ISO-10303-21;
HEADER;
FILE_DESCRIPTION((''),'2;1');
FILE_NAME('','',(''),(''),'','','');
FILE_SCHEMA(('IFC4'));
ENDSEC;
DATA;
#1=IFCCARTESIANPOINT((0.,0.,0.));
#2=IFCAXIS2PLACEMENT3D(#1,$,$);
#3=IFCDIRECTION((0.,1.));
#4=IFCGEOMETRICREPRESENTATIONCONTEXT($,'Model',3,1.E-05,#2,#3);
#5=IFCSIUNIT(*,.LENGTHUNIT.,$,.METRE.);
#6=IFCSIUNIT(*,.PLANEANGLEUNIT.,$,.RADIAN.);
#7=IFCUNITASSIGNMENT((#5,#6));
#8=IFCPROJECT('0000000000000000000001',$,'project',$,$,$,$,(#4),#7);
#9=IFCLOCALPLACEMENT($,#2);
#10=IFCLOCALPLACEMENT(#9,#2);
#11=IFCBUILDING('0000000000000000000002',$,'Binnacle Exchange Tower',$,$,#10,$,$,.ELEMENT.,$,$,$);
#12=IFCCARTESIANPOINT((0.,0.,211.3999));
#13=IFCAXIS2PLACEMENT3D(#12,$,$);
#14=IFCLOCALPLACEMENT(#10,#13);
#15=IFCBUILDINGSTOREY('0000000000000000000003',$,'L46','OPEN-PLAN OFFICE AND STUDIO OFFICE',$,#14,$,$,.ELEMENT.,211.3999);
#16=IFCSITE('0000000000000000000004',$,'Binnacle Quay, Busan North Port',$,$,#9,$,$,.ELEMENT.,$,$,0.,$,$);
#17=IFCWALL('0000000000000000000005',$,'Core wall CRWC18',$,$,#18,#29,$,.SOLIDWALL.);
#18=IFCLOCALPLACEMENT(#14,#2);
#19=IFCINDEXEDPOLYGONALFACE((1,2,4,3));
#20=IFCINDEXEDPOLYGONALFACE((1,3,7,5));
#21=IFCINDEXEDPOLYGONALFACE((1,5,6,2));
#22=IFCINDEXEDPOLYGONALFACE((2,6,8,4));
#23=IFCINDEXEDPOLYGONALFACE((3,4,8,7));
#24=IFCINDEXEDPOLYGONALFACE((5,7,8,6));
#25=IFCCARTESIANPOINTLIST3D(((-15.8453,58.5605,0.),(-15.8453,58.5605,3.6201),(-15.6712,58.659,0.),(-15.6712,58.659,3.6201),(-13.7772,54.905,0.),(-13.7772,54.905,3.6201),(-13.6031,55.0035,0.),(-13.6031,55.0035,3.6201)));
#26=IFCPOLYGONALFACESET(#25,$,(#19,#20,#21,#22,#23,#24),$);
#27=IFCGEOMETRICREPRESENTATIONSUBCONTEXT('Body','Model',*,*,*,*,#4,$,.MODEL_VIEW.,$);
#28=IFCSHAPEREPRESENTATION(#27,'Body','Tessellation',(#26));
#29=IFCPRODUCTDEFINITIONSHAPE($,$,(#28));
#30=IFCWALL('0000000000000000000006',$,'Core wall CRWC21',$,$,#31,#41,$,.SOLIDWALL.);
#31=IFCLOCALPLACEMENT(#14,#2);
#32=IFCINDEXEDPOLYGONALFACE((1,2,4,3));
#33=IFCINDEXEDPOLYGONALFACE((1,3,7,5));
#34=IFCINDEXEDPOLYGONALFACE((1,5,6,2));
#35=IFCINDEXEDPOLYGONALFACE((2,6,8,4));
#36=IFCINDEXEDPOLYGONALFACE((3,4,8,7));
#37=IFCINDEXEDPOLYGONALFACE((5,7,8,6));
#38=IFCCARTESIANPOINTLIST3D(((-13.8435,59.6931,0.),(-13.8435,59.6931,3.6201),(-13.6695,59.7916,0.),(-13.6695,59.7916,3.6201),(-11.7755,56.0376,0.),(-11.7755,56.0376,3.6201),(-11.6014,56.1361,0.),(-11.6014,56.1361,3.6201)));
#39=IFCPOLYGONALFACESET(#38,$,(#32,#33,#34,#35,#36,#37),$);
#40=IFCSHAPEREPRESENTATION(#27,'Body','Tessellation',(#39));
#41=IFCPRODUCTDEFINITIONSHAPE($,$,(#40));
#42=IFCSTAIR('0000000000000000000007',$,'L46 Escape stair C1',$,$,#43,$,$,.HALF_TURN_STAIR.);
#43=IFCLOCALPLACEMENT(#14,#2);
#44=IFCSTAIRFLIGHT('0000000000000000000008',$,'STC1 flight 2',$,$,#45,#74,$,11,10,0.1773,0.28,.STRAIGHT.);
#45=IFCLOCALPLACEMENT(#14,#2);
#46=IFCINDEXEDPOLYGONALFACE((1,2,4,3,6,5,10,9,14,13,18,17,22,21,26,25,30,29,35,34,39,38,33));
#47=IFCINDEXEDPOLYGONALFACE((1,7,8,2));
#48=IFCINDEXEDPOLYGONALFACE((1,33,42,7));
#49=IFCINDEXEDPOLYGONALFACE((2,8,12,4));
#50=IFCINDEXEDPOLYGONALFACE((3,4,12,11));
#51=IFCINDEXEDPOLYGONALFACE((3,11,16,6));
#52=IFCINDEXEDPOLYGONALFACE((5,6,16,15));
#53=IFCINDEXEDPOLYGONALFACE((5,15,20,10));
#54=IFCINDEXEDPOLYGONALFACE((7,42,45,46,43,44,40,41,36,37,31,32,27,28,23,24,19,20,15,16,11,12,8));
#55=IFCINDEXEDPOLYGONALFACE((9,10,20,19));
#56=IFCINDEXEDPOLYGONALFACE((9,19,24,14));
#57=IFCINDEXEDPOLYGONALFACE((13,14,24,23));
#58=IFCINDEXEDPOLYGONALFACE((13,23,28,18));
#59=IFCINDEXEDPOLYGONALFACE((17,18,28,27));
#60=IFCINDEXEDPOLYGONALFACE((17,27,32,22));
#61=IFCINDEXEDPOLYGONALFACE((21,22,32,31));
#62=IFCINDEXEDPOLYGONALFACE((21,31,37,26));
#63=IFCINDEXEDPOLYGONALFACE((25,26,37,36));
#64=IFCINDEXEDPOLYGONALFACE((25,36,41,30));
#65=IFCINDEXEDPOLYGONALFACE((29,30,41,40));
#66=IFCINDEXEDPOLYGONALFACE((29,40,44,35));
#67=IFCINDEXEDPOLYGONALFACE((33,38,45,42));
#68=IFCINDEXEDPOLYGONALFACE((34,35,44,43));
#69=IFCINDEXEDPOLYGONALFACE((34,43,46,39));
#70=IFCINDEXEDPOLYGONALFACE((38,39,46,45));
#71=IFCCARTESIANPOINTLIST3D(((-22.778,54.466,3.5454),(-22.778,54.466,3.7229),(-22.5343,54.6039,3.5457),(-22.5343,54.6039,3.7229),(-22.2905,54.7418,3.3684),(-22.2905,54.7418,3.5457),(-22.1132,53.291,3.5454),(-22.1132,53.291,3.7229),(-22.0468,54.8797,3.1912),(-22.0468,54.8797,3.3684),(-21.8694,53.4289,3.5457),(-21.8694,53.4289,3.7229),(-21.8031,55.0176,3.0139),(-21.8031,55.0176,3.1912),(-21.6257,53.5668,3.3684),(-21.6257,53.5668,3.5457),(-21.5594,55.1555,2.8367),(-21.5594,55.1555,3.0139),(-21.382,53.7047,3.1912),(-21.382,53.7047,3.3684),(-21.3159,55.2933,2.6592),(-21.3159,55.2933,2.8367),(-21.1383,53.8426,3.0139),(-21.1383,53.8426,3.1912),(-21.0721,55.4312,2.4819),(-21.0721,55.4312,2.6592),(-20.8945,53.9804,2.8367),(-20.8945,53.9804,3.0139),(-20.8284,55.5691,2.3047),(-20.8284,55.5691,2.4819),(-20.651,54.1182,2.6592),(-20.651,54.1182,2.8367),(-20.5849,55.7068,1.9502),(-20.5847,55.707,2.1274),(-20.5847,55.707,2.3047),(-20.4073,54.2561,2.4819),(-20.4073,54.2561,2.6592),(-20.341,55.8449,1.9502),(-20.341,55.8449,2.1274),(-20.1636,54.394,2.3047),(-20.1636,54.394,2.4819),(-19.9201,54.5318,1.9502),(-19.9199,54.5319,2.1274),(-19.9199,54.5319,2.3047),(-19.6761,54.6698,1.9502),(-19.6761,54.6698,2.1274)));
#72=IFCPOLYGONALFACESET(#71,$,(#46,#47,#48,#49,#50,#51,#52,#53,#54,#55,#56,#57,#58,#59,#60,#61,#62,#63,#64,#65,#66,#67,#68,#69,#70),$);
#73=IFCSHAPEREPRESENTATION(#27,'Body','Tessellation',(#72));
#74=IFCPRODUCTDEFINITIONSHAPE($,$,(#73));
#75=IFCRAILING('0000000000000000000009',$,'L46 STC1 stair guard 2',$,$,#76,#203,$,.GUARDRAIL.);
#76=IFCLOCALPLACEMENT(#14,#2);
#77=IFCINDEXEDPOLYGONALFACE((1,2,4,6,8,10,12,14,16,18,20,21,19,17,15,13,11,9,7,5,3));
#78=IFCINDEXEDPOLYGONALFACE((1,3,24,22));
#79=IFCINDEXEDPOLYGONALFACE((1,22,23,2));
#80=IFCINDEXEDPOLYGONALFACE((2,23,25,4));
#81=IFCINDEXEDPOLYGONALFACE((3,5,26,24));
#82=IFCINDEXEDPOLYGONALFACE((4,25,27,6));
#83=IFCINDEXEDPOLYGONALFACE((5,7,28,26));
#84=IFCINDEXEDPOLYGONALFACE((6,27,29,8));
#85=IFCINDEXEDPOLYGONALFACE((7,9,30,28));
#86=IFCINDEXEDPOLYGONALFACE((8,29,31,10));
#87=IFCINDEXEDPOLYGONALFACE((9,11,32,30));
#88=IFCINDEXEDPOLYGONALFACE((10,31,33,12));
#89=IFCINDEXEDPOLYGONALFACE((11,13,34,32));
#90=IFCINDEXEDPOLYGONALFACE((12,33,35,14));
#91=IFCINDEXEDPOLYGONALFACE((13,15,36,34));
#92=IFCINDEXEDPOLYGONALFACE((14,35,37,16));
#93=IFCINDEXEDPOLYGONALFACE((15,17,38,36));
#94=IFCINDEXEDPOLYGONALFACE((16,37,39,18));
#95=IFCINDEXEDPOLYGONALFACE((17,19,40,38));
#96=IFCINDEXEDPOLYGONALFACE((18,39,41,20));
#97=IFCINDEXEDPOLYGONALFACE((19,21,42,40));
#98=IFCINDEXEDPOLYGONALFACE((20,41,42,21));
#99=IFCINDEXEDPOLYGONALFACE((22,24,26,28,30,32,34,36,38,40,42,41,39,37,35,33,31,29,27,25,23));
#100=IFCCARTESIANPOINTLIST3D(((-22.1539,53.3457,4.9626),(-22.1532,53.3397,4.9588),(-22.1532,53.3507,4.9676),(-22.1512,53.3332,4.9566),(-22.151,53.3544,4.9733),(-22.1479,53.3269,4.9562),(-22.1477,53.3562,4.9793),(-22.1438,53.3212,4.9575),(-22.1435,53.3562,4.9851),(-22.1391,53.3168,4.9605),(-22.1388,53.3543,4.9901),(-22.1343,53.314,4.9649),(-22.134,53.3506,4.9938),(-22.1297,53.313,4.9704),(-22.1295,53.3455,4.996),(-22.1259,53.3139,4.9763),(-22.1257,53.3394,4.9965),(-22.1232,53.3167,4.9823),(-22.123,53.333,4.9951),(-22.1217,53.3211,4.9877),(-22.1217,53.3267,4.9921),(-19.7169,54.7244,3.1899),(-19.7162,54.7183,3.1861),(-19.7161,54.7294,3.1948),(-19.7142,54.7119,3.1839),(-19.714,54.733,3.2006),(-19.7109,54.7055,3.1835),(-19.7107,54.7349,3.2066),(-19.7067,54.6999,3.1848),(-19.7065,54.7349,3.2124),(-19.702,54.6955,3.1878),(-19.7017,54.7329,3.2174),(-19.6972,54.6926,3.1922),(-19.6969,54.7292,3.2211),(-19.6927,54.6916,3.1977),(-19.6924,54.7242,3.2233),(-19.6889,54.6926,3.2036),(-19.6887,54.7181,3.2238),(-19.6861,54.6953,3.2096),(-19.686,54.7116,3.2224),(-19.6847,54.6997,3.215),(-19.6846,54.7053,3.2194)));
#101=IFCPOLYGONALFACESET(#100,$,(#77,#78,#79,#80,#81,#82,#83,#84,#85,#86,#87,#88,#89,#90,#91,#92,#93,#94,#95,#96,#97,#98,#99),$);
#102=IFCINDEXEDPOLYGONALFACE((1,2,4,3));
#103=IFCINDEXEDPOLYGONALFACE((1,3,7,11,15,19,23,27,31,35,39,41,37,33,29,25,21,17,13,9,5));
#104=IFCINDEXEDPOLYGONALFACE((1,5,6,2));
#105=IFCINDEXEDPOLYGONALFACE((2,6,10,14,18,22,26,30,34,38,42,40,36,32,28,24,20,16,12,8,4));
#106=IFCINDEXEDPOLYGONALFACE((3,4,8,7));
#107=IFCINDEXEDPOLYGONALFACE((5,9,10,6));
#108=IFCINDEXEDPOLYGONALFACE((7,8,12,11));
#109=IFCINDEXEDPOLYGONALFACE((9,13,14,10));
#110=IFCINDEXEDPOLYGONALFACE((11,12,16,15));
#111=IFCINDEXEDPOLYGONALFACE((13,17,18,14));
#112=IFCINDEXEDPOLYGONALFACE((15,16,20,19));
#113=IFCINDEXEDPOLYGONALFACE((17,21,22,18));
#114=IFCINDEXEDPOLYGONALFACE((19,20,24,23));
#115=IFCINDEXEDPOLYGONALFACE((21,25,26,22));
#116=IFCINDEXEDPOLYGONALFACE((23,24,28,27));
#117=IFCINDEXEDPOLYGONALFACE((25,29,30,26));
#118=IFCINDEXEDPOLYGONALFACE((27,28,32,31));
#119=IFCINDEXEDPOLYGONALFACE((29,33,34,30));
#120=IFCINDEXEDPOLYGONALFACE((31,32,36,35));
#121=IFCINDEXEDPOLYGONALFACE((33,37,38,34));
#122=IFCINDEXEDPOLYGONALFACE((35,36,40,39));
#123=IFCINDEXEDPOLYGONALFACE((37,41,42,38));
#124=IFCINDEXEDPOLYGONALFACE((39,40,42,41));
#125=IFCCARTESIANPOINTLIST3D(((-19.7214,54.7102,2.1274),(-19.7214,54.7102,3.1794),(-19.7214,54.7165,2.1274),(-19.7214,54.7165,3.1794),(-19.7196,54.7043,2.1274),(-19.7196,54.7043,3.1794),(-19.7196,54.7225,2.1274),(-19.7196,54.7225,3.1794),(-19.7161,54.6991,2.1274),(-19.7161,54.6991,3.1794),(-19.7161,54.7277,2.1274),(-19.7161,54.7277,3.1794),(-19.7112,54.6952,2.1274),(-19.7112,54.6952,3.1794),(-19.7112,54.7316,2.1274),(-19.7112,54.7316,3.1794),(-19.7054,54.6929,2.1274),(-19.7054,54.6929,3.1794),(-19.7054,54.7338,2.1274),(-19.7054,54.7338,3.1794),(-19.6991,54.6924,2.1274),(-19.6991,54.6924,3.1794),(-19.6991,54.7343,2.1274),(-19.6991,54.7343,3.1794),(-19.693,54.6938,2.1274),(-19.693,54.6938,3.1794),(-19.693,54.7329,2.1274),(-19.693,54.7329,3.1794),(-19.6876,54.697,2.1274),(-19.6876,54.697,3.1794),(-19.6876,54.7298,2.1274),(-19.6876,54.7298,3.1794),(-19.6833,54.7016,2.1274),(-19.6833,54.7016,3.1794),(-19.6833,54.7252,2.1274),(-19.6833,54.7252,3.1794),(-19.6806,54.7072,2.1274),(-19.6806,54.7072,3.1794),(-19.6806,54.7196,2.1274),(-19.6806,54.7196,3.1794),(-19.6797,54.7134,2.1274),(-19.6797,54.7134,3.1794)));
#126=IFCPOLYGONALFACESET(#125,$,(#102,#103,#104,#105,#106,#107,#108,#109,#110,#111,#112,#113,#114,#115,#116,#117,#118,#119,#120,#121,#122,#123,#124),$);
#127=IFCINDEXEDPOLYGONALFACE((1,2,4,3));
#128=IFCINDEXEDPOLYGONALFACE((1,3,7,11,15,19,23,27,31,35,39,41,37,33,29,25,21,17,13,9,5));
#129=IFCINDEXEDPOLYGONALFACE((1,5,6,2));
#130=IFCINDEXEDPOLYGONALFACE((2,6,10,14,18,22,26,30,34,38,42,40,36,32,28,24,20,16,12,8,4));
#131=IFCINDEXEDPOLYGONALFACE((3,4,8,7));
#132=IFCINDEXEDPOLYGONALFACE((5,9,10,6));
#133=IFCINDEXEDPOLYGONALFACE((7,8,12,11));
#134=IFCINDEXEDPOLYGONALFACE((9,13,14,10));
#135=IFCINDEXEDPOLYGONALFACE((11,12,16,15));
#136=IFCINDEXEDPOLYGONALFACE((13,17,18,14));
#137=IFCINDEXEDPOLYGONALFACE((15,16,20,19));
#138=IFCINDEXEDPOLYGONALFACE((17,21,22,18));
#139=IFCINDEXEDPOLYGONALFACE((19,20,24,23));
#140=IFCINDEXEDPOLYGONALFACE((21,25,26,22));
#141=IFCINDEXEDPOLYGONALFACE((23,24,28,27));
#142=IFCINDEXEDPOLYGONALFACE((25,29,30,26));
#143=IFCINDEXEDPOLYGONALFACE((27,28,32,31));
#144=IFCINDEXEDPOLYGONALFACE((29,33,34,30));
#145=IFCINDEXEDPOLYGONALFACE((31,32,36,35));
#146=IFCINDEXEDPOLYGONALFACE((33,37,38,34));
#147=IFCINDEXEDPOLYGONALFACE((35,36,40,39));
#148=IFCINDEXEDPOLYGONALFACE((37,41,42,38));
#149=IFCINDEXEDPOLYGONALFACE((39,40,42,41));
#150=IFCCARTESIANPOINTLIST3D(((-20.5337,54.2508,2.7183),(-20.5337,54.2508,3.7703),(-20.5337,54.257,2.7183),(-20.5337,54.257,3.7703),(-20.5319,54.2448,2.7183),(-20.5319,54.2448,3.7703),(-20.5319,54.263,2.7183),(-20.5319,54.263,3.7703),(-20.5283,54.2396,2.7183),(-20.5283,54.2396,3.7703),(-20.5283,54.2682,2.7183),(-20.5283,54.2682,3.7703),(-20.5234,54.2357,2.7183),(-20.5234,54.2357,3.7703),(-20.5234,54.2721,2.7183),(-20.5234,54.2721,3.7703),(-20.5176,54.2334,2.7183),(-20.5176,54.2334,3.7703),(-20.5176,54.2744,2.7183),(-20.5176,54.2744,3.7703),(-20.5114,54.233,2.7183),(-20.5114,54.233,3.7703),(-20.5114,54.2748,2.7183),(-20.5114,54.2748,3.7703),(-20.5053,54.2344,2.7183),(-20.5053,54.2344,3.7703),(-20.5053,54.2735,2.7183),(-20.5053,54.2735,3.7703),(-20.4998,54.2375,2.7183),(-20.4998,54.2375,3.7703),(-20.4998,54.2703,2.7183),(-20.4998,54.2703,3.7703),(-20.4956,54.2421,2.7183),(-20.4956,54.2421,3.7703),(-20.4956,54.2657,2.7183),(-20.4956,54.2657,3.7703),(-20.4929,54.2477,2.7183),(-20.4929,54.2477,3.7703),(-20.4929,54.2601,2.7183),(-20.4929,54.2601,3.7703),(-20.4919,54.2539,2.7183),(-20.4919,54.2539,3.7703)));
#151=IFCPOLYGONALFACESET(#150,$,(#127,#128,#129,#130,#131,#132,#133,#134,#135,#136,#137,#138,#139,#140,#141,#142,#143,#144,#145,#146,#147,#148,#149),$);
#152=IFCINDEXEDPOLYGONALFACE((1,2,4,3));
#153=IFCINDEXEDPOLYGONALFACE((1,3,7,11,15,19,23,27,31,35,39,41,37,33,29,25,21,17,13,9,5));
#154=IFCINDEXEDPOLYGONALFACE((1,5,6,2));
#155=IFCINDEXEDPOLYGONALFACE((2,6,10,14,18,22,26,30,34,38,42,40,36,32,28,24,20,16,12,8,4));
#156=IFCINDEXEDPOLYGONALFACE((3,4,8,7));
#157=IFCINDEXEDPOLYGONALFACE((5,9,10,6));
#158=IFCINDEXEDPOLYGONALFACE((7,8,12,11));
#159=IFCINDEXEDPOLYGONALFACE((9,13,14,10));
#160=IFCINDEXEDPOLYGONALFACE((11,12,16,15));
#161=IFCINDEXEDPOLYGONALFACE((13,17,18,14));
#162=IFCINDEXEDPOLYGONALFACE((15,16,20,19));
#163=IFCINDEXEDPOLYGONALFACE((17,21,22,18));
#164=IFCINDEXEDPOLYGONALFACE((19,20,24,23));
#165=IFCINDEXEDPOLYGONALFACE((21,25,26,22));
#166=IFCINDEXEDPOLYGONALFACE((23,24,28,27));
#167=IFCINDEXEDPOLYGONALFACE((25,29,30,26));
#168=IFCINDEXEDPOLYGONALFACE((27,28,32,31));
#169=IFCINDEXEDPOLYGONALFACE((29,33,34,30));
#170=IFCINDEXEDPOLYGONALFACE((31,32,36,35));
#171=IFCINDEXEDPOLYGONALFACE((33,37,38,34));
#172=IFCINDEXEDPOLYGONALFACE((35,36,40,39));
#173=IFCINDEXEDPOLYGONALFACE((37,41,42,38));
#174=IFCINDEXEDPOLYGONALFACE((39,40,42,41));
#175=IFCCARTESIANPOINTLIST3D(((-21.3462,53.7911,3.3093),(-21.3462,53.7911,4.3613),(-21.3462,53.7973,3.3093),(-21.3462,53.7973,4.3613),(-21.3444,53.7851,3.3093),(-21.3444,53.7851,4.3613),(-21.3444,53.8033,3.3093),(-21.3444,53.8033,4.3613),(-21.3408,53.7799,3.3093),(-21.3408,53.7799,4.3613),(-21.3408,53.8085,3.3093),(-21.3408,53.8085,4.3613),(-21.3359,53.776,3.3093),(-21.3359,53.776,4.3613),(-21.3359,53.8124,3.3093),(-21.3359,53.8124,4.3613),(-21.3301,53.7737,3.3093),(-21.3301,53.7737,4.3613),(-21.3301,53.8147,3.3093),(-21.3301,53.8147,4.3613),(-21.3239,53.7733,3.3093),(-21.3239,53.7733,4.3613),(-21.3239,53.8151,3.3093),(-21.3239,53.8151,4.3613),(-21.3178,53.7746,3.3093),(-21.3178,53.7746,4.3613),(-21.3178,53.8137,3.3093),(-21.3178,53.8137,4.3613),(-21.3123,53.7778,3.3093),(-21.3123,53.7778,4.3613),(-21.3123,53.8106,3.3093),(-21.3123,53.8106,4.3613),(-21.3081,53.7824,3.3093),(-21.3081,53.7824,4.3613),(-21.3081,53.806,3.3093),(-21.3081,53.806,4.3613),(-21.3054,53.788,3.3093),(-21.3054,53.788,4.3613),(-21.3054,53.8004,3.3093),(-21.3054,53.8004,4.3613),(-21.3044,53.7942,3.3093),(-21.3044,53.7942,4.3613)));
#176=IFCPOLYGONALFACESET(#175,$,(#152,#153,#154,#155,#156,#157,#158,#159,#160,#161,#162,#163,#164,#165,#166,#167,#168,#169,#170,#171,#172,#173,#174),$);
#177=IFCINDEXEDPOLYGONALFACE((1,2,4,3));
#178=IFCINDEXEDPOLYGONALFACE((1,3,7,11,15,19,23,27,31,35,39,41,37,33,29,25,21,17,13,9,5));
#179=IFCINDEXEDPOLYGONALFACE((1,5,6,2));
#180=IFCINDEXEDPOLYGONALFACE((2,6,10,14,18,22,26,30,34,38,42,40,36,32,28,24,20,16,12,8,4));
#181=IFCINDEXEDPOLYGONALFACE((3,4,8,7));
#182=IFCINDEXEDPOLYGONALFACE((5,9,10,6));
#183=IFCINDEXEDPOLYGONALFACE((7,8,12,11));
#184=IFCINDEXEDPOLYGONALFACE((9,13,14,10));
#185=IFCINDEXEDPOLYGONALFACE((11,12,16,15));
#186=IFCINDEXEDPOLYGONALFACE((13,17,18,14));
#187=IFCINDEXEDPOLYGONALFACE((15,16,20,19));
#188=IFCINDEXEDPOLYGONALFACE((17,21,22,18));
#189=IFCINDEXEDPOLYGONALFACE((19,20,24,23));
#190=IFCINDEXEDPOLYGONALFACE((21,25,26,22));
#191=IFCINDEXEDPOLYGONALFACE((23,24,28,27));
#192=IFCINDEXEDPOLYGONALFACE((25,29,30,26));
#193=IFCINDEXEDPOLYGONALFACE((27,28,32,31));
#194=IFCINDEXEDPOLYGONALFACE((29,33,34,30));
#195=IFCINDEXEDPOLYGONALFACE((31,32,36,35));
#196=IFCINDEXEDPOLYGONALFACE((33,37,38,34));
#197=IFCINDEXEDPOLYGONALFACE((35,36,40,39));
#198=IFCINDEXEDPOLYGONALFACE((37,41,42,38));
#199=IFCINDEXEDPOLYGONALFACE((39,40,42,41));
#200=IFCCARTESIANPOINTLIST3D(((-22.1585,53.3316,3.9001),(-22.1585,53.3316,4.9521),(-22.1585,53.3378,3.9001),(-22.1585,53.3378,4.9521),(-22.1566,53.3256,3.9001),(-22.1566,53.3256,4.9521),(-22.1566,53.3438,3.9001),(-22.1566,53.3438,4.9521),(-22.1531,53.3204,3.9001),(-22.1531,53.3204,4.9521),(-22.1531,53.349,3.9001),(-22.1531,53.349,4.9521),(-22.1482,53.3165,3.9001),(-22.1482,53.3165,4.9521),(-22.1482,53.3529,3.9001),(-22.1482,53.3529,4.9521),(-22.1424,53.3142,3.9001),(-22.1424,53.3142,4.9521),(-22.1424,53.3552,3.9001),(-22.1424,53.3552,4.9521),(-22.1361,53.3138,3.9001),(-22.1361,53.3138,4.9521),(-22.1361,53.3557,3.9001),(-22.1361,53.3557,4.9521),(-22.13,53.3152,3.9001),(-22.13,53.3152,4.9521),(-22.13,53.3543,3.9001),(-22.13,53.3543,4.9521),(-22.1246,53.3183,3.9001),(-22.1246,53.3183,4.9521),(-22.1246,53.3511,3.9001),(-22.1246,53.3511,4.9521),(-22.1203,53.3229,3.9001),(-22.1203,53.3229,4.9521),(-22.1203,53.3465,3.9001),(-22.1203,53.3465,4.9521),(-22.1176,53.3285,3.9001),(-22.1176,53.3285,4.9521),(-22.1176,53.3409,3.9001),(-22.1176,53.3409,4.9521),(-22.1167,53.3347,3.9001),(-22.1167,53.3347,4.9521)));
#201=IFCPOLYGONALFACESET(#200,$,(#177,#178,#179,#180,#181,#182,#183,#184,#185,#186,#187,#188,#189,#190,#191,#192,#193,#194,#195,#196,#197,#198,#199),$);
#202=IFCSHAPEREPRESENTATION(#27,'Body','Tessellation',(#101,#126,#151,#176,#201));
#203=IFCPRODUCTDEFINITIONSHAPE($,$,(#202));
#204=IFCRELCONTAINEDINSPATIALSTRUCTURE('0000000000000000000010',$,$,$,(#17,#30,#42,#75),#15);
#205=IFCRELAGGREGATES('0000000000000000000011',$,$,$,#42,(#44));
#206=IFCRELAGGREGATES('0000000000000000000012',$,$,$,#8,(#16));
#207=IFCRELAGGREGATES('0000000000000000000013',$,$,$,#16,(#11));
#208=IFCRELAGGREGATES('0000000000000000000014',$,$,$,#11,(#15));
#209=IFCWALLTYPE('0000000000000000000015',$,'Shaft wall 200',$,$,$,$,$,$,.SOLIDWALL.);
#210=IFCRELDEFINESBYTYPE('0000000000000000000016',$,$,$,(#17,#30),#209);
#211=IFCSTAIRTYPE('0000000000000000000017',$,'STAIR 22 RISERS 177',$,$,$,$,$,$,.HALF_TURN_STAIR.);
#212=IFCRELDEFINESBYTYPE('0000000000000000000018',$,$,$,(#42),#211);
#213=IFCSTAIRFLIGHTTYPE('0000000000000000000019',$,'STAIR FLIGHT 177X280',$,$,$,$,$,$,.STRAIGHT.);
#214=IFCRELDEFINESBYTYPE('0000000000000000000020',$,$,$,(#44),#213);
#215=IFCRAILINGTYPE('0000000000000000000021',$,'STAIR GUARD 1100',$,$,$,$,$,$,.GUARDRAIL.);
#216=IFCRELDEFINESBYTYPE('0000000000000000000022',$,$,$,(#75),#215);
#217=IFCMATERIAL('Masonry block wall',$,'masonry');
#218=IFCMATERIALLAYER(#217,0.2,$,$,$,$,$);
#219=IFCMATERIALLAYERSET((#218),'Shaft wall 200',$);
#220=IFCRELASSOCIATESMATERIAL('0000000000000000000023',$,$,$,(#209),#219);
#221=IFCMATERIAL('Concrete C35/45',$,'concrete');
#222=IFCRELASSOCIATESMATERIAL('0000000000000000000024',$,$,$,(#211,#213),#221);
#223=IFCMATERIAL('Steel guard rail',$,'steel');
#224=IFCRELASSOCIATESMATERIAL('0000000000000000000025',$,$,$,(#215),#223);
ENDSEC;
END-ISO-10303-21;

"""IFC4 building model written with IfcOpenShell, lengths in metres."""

from ifc_helpers import new_model, si_unit, direction, frame, frame_2d, origin, origin_2d, place, context, subcontext, project, spatial, polyline, rectangle, circle, outline, extrude, material, layer, layer_set, type_object, element, aggregate, save


model = new_model("IFC4")

# Units and contexts
model_context = context("Model", 3, precision=1e-05, world=origin(), true_north=direction((0.0, 1.0)))
body_context = subcontext(model_context, "Body", "Model", "MODEL_VIEW")
ifc_project = project(units=[si_unit("LENGTHUNIT", "METRE"), si_unit("PLANEANGLEUNIT", "RADIAN")], contexts=[model_context])

# Site, building, storey
site_placement = place(None, origin())
site = spatial("IfcSite", under=ifc_project, at=site_placement, Name="Binnacle Quay, Busan North Port", CompositionType="ELEMENT", RefElevation=0.0)
building_placement = place(site_placement, origin())
building = spatial("IfcBuilding", under=site, at=building_placement, Name="Binnacle Exchange Tower", CompositionType="ELEMENT")
storey_placement = place(building_placement, frame((0.0, 0.0, 211.3999)))
storey = spatial("IfcBuildingStorey", under=building, at=storey_placement, Name="L46", Description="OPEN-PLAN OFFICE AND STUDIO OFFICE", CompositionType="ELEMENT", Elevation=211.3999)

# Shared definitions
ifc_material_1 = material(Name="Masonry block wall", Category="masonry")

# Walls
ifc_layer_1 = layer(ifc_material_1, 0.2)
ifc_layer_set_1 = layer_set([ifc_layer_1], Name="Shaft wall 200")
wall_type_1 = type_object("IfcWallType", Name="Shaft wall 200", PredefinedType="SOLIDWALL", material=ifc_layer_set_1)
for number, where, z_axis, x_axis, name in (
    (1, (-15.7583, 58.6099, 0.0), (0.0, 0.0, 1.0), (0.49241, -0.870364, 0.0), "Core wall CRWC18"),
    (2, (-13.7566, 59.7424, 0.0), (0.0, 0.0, 1.0), (0.49241, -0.870364, 0.0), "Core wall CRWC21"),
):
    element("IfcWall", number, at=place(storey_placement, frame(where, z_axis=z_axis, x_axis=x_axis)), inside=storey, type_object=wall_type_1, Name=name, PredefinedType="SOLIDWALL", context=body_context, shape_type="SweptSolid", body=[
        extrude(rectangle(XDim=4.2, YDim=0.2, at=frame_2d((2.1001, 0.0))), origin(), (0.0, 0.0, 1.0), 3.6201),
    ])

# Stair, stair flight
ifc_material_2 = material(Name="Concrete C35/45", Category="concrete")
stair_type = type_object("IfcStairType", Name="STAIR 22 RISERS 177", PredefinedType="HALF_TURN_STAIR", material=ifc_material_2)
stair_placement = place(storey_placement, origin())
stair = element("IfcStair", 3, at=stair_placement, inside=storey, type_object=stair_type, Name="L46 Escape stair C1", PredefinedType="HALF_TURN_STAIR")
stair_flight_type = type_object("IfcStairFlightType", Name="STAIR FLIGHT 177X280", PredefinedType="STRAIGHT", material=ifc_material_2)
stair_flight_placement = place(storey_placement, frame((-20.0085, 55.2573, 1.9502), z_axis=(0.0, 0.0, 1.0), x_axis=(-0.870356, -0.492424, 0.0)))
stair_flight = element("IfcStairFlight", 4, at=stair_flight_placement, type_object=stair_flight_type, Name="STC1 flight 2", NumberOfRisers=11, NumberOfTreads=10, PredefinedType="STRAIGHT", RiserHeight=0.1773, TreadLength=0.28, context=body_context, shape_type="SweptSolid", body=[
    extrude(outline(polyline([(0.0, 0.0), (0.0, 0.1772), (0.28, 0.1772), (0.28, 0.3545), (0.5601, 0.3545), (0.5601, 0.5317), (0.8401, 0.5317), (0.8401, 0.709), (1.1201, 0.709), (1.1201, 0.8865), (1.3999, 0.8865), (1.3999, 1.0637), (1.6799, 1.0637), (1.6799, 1.241), (1.96, 1.241), (1.96, 1.4182), (2.24, 1.4182), (2.24, 1.5955), (2.52, 1.5955), (2.52, 1.7727), (2.8, 1.7727), (2.8, 1.95), (2.8, 1.5952), (0.2803, 0.0), (0.0, 0.0)])), frame((0.0, 0.675, 0.0), z_axis=(0.0, -1.0, 0.0), x_axis=(1.0, 0.0, 0.0)), (0.0, 0.0, 1.0), 1.3501),
])
aggregate(stair, [stair_flight])

# Railing
ifc_material_3 = material(Name="Steel guard rail", Category="steel")
railing_type = type_object("IfcRailingType", Name="STAIR GUARD 1100", PredefinedType="GUARDRAIL", material=ifc_material_3)
railing_placement = place(storey_placement, frame((-19.7007, 54.7134, 2.1274)))
element("IfcRailing", 5, at=railing_placement, inside=storey, type_object=railing_type, Name="L46 STC1 stair guard 2", PredefinedType="GUARDRAIL", context=body_context, shape_type="SweptSolid", body=[
    extrude(circle(Radius=0.0239, at=origin_2d()), frame((0.0, 0.0, 1.0762), z_axis=(-0.735381, -0.416019, 0.534923), x_axis=(0.492388, -0.870376, 0.0)), (0.0, 0.0, 1.0), 3.314),
    extrude(circle(Radius=0.021, at=origin_2d()), origin(), (0.0, 0.0, 1.0), 1.052),
    extrude(circle(Radius=0.021, at=origin_2d()), frame((-0.8123, -0.4595, 0.5908)), (0.0, 0.0, 1.0), 1.052),
    extrude(circle(Radius=0.021, at=origin_2d()), frame((-1.6248, -0.9192, 1.1819)), (0.0, 0.0, 1.0), 1.052),
    extrude(circle(Radius=0.021, at=origin_2d()), frame((-2.437, -1.3787, 1.7727)), (0.0, 0.0, 1.0), 1.052),
])

save(model, "model.ifc")
